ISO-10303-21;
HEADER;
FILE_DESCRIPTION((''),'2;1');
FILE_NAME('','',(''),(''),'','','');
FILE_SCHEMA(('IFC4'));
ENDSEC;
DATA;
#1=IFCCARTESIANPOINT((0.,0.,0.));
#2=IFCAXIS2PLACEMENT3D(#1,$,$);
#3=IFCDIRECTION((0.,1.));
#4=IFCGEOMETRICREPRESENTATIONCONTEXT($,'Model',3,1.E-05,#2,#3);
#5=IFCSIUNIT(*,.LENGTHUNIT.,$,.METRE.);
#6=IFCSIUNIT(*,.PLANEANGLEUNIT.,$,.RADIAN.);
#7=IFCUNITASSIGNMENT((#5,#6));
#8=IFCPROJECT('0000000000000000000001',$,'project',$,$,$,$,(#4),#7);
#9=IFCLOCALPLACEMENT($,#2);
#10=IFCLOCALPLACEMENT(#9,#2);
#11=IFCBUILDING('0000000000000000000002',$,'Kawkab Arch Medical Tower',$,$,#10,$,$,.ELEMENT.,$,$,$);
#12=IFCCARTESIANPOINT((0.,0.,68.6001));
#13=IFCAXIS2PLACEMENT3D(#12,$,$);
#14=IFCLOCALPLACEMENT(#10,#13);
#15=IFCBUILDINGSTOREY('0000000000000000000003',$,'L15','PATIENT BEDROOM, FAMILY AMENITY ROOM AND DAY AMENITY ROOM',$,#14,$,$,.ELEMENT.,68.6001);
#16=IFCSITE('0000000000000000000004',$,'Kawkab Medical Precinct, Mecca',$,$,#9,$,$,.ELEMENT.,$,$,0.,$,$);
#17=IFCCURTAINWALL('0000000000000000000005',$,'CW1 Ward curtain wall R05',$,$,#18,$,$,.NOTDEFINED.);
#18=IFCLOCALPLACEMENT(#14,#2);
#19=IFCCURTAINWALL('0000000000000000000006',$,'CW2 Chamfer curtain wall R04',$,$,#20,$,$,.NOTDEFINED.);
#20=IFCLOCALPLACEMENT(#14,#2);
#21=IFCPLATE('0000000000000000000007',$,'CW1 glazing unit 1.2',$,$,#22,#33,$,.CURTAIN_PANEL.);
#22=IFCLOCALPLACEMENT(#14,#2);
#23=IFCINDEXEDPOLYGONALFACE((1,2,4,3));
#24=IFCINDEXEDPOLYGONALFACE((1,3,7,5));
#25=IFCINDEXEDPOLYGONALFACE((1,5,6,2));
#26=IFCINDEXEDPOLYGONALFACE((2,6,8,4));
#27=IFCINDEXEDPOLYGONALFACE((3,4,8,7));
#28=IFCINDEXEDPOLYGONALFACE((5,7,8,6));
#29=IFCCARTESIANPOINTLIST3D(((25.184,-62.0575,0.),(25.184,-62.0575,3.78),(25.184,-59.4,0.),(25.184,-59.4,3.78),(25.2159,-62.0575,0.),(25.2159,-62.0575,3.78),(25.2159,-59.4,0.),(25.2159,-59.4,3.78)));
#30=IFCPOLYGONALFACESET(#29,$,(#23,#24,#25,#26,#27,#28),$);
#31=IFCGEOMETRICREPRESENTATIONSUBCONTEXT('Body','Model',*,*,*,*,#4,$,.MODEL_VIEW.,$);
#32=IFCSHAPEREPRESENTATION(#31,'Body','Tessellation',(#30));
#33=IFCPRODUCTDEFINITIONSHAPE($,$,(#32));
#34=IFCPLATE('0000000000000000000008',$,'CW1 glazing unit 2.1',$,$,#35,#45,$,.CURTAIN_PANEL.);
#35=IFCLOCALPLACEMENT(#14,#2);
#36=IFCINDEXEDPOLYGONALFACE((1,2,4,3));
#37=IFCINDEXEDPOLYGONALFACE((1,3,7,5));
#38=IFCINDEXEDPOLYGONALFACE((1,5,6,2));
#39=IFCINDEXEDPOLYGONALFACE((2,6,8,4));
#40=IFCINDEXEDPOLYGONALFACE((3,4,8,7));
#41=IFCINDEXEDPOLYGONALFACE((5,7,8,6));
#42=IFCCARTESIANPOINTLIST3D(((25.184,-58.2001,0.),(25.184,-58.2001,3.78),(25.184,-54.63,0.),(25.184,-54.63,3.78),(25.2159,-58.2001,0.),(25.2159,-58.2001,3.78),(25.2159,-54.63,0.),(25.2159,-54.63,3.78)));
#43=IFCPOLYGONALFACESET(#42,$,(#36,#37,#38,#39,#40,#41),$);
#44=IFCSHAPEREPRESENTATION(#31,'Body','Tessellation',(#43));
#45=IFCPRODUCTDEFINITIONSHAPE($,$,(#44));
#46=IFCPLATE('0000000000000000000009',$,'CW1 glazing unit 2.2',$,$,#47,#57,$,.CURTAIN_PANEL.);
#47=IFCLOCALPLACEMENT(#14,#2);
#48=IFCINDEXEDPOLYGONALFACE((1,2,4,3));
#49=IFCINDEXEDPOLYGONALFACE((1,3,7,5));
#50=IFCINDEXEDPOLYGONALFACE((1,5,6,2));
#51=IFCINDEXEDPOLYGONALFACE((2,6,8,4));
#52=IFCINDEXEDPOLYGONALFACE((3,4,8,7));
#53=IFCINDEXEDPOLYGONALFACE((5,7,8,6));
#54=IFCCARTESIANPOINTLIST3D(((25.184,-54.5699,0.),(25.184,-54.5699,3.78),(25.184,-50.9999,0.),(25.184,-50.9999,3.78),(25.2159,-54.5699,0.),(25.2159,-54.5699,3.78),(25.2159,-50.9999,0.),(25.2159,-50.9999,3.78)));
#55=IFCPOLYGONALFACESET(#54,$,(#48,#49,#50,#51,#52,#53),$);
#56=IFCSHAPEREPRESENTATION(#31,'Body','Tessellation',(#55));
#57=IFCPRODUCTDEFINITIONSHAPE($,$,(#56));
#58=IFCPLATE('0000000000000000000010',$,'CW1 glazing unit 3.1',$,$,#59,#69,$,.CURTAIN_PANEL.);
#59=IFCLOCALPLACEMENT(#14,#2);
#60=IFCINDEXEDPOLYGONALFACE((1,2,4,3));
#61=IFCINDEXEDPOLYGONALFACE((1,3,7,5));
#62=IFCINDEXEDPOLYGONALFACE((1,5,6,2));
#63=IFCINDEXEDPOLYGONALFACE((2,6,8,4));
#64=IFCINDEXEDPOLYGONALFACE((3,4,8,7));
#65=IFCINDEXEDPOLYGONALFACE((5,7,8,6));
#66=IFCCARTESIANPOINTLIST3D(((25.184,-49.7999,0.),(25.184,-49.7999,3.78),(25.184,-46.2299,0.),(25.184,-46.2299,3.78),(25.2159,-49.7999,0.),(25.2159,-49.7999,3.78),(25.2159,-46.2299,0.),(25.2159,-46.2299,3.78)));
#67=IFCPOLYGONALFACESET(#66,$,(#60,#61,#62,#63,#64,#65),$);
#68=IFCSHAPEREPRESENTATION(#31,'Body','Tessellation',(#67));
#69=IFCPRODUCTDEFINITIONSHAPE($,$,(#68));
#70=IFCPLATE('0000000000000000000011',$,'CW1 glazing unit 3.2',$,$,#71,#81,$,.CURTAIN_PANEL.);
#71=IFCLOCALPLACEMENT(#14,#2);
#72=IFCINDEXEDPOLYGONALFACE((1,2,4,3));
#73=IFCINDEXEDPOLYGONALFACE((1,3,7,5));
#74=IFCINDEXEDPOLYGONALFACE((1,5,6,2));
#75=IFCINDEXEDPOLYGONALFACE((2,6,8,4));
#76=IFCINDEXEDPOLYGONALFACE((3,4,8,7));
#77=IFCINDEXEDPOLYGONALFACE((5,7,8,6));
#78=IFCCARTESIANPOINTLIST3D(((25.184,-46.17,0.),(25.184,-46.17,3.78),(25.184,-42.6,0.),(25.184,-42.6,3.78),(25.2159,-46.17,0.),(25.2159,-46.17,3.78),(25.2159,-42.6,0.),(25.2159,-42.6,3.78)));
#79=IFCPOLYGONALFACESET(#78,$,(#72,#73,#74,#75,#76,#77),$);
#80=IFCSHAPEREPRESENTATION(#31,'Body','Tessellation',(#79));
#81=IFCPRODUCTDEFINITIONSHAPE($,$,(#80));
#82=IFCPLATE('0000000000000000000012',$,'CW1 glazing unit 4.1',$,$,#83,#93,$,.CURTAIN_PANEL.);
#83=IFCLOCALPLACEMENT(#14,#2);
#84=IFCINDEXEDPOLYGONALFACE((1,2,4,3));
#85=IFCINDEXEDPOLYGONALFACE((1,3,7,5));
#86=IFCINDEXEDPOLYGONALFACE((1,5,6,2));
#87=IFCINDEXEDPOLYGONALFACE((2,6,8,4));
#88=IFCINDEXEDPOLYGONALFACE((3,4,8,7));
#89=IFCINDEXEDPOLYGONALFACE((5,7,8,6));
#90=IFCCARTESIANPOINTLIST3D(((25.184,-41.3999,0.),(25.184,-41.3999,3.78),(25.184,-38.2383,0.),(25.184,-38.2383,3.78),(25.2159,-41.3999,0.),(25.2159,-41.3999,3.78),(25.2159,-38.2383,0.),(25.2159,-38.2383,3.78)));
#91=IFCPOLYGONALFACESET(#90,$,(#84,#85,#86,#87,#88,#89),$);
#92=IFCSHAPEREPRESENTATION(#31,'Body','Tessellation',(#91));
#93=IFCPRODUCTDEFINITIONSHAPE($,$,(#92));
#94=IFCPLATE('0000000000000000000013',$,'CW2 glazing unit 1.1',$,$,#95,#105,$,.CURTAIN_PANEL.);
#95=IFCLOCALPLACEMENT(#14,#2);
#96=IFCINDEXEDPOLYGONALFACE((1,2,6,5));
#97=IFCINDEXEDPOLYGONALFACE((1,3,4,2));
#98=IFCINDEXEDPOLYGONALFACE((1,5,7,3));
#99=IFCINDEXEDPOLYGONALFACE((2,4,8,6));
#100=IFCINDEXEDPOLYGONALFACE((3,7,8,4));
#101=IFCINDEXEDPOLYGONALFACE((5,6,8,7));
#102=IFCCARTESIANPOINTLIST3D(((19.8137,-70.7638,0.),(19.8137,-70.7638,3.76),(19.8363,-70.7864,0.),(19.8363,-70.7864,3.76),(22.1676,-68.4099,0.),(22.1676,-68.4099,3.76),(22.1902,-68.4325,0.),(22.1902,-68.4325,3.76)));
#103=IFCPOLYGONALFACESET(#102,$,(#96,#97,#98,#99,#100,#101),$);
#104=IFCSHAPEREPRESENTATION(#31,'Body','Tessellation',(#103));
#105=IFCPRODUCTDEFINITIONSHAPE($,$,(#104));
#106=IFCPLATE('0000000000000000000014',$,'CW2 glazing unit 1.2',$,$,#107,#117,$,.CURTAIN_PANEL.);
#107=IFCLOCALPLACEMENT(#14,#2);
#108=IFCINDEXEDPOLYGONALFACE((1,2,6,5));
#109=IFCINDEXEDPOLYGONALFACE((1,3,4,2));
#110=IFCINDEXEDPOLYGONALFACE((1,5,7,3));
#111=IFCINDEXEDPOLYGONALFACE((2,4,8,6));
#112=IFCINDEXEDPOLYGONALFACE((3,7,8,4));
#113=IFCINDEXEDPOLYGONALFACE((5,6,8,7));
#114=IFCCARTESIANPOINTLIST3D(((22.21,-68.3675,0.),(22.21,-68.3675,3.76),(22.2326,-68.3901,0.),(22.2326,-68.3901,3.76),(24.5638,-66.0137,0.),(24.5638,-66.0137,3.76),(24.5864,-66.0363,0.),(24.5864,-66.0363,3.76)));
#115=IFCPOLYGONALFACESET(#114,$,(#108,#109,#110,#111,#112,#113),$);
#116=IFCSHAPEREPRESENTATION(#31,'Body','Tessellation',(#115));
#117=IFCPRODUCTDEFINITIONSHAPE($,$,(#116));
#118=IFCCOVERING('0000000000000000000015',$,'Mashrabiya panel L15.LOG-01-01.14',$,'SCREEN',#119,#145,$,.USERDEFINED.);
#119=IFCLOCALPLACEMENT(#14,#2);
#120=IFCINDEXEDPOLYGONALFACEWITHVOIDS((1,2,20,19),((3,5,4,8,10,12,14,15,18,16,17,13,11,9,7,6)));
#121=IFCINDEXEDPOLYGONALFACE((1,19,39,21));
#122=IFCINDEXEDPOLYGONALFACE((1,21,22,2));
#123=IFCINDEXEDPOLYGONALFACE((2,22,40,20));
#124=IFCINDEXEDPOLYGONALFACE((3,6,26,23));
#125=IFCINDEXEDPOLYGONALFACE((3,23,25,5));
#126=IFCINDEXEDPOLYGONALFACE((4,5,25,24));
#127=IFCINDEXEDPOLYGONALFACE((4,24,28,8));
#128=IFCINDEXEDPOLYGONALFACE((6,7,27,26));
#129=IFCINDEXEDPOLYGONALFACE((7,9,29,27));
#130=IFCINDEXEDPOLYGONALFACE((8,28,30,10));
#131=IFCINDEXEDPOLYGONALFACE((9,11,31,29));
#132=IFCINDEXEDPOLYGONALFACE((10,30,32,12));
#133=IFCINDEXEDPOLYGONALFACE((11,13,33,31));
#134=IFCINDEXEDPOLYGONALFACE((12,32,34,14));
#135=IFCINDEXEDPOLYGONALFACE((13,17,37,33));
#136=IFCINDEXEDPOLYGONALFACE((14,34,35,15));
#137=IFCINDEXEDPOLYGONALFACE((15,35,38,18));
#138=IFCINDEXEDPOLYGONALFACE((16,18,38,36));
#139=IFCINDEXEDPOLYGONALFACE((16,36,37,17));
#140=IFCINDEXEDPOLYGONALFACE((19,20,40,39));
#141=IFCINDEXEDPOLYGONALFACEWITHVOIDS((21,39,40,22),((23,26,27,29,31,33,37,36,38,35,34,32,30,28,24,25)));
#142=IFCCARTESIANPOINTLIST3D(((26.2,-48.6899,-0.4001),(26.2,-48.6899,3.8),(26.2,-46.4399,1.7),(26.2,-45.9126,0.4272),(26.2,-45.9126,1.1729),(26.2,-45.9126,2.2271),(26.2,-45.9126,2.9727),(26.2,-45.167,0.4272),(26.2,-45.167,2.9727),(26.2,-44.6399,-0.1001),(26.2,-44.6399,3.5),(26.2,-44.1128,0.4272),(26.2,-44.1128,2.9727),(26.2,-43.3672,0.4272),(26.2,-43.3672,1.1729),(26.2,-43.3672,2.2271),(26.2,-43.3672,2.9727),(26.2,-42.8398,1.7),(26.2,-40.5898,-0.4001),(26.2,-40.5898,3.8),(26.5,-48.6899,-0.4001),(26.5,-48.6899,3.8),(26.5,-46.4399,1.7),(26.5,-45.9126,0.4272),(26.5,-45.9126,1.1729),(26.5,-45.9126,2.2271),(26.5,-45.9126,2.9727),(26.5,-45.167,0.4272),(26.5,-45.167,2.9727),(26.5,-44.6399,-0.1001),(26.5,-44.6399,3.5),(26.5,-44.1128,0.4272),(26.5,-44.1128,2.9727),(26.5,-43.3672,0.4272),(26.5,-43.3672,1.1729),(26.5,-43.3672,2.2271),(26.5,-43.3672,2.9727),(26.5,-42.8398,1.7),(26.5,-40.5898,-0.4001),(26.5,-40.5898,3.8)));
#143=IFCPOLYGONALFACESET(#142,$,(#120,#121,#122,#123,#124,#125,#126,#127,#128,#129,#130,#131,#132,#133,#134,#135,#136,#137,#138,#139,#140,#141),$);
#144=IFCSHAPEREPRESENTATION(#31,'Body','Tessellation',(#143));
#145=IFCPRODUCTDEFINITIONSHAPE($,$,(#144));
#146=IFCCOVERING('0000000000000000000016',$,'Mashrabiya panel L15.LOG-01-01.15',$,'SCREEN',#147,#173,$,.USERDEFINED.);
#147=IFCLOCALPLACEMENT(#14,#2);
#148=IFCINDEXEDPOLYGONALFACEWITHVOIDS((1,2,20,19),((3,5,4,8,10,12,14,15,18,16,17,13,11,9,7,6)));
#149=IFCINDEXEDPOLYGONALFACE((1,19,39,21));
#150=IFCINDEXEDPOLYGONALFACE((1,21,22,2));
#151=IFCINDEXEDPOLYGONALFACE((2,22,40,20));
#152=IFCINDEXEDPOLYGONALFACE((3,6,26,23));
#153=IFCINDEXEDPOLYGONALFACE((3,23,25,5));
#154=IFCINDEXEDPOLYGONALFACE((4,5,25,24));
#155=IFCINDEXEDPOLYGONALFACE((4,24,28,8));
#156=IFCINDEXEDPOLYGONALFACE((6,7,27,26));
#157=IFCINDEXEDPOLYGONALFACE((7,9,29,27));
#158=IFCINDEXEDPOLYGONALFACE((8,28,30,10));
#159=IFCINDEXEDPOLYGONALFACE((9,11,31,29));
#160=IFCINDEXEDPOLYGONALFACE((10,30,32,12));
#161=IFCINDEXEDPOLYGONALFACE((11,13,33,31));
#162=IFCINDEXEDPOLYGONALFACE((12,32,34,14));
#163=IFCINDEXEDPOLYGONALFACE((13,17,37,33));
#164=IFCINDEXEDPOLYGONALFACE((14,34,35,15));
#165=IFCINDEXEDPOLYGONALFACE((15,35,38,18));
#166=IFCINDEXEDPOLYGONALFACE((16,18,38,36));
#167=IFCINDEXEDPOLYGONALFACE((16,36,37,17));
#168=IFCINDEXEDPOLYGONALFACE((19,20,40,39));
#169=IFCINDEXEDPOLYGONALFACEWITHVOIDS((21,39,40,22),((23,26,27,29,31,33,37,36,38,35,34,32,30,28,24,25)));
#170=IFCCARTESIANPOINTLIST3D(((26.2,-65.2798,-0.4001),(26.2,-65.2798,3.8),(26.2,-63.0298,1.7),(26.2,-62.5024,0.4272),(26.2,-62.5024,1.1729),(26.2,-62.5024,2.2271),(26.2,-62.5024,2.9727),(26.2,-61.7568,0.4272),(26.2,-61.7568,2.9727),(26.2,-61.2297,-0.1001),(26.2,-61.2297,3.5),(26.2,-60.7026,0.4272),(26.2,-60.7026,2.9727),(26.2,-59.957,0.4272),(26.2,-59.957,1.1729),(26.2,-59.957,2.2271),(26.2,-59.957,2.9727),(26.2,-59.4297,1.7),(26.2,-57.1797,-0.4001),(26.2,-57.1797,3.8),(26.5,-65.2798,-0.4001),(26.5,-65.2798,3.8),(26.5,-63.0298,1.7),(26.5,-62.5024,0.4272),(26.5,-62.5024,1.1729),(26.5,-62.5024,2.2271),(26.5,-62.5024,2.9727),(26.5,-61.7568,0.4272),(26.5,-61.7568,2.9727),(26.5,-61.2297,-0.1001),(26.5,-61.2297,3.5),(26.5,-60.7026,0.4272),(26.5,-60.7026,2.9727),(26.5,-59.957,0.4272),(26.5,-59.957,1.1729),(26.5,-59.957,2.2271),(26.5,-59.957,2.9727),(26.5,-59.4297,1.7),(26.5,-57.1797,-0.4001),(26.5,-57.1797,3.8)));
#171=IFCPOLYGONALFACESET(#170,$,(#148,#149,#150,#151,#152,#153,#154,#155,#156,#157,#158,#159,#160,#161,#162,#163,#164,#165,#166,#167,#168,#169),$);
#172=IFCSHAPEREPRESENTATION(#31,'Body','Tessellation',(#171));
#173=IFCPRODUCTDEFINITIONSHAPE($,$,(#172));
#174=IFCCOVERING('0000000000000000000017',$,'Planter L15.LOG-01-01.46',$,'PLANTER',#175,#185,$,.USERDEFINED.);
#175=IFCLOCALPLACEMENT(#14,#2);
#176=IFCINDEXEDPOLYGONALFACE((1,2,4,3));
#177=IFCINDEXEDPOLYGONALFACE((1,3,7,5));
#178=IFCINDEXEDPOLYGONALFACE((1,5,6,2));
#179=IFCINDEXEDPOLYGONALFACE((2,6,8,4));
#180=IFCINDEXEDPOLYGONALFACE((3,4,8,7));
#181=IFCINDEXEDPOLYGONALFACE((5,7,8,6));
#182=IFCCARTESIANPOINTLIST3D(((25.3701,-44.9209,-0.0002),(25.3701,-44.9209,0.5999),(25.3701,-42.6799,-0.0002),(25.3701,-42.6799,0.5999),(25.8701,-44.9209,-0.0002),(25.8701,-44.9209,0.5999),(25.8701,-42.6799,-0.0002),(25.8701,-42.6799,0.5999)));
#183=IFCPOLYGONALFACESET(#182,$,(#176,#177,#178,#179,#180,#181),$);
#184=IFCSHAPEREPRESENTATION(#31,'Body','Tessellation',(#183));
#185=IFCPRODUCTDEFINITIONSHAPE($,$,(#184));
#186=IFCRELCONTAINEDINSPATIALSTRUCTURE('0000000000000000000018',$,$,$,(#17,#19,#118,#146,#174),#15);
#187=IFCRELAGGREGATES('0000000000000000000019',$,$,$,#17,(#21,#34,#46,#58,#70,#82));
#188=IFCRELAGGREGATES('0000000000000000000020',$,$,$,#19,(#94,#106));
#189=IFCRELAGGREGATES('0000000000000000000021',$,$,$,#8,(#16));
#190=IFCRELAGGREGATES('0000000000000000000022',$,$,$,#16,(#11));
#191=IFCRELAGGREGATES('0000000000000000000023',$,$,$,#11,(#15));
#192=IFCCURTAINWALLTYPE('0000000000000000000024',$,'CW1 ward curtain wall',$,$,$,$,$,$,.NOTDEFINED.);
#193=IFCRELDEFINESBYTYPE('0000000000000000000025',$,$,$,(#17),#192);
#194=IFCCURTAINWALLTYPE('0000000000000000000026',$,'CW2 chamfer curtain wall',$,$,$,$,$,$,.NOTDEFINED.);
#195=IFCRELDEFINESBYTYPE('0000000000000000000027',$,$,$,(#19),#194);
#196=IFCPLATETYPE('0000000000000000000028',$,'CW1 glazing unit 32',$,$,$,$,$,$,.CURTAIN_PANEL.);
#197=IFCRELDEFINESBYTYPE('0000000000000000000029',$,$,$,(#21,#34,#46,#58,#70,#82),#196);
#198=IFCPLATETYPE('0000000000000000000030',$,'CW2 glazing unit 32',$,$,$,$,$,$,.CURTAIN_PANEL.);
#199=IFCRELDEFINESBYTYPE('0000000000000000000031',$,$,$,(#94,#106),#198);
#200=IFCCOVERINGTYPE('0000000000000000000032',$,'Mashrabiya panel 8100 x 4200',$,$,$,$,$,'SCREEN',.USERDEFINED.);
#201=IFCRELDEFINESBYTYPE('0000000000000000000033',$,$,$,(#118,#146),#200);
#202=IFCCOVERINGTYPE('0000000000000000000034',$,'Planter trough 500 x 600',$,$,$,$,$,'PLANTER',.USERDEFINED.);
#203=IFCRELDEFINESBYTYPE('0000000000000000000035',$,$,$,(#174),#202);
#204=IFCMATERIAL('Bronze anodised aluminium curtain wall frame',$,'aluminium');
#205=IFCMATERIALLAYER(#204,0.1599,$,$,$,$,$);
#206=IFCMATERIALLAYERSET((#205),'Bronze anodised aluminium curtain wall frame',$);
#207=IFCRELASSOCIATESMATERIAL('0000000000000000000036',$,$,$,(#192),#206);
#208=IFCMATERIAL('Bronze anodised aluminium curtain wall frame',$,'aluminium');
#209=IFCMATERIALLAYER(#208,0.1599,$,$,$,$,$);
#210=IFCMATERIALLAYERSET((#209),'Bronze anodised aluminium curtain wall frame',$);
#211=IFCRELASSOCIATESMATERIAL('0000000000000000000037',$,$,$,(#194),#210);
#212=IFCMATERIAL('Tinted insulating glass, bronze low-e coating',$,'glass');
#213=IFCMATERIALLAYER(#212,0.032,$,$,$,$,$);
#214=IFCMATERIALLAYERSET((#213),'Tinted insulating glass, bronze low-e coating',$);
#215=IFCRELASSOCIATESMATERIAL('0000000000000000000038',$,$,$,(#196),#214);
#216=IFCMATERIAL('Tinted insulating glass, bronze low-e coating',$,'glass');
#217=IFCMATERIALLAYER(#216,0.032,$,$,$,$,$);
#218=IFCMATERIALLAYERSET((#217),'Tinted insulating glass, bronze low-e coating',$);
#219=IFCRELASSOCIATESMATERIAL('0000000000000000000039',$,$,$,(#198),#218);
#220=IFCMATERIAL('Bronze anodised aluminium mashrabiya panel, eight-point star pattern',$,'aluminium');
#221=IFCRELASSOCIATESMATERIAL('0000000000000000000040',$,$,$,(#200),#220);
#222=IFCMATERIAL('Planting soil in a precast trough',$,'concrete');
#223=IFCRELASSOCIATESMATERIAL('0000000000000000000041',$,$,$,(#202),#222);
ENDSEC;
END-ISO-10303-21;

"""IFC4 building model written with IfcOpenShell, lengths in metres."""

from ifc_helpers import new_model, si_unit, direction, frame, origin, origin_2d, place, context, subcontext, project, spatial, polyline, rectangle, outline, extrude, material, layer, layer_set, material_profile, profile_set, type_object, element, aggregate, save


model = new_model("IFC4")

# Units and contexts
model_context = context("Model", 3, precision=1e-05, world=origin(), true_north=direction((0.0, 1.0)))
body_context = subcontext(model_context, "Body", "Model", "MODEL_VIEW")
ifc_project = project(units=[si_unit("LENGTHUNIT", "METRE"), si_unit("PLANEANGLEUNIT", "RADIAN")], contexts=[model_context])

# Site, building, storey
site_placement = place(None, origin())
site = spatial("IfcSite", under=ifc_project, at=site_placement, Name="Kawkab Medical Precinct, Mecca", CompositionType="ELEMENT", RefElevation=0.0)
building_placement = place(site_placement, origin())
building = spatial("IfcBuilding", under=site, at=building_placement, Name="Kawkab Arch Medical Tower", CompositionType="ELEMENT")
storey_placement = place(building_placement, frame((0.0, 0.0, 68.6001)))
storey = spatial("IfcBuildingStorey", under=building, at=storey_placement, Name="L15", Description="PATIENT BEDROOM, FAMILY AMENITY ROOM AND DAY AMENITY ROOM", CompositionType="ELEMENT", Elevation=68.6001)

# Curtain wall
ifc_material_1 = material(Name="Bronze anodised aluminium curtain wall frame", Category="aluminium")
ifc_layer_1 = layer(ifc_material_1, 0.1599)
ifc_layer_set_1 = layer_set([ifc_layer_1], Name="Bronze anodised aluminium curtain wall frame")
curtain_wall_type_1 = type_object("IfcCurtainWallType", Name="CW1 ward curtain wall", PredefinedType="NOTDEFINED", material=ifc_layer_set_1)
placement = place(storey_placement, origin())
curtain_wall_1 = element("IfcCurtainWall", 1, at=placement, inside=storey, type_object=curtain_wall_type_1, Name="CW1 Ward curtain wall R05", PredefinedType="NOTDEFINED")

# Curtain wall
ifc_material_2 = material(Name="Bronze anodised aluminium curtain wall frame", Category="aluminium")
ifc_layer_2 = layer(ifc_material_2, 0.1599)
ifc_layer_set_2 = layer_set([ifc_layer_2], Name="Bronze anodised aluminium curtain wall frame")
curtain_wall_type_2 = type_object("IfcCurtainWallType", Name="CW2 chamfer curtain wall", PredefinedType="NOTDEFINED", material=ifc_layer_set_2)
curtain_wall_2 = element("IfcCurtainWall", 2, at=placement, inside=storey, type_object=curtain_wall_type_2, Name="CW2 Chamfer curtain wall R04", PredefinedType="NOTDEFINED")

# Plates
ifc_material_3 = material(Name="Tinted insulating glass, bronze low-e coating", Category="glass")
ifc_layer_3 = layer(ifc_material_3, 0.032)
ifc_layer_set_3 = layer_set([ifc_layer_3], Name="Tinted insulating glass, bronze low-e coating")
plate_type_1 = type_object("IfcPlateType", Name="CW1 glazing unit 32", PredefinedType="CURTAIN_PANEL", material=ifc_layer_set_3)
plate_1_placement = place(storey_placement, frame((25.2, -60.7288, 0.0), z_axis=(0.0, 0.0, 1.0), x_axis=(0.0, 1.0, 0.0)))
plate_1 = element("IfcPlate", 3, at=plate_1_placement, type_object=plate_type_1, Name="CW1 glazing unit 1.2", PredefinedType="CURTAIN_PANEL", context=body_context, shape_type="SweptSolid", body=[
    extrude(rectangle(XDim=2.6575, YDim=0.032, at=origin_2d()), origin(), (0.0, 0.0, 1.0), 3.78),
])
plate_2_placement = place(storey_placement, frame((25.2, -56.415, 0.0), z_axis=(0.0, 0.0, 1.0), x_axis=(0.0, 1.0, 0.0)))
plate_2 = element("IfcPlate", 4, at=plate_2_placement, type_object=plate_type_1, Name="CW1 glazing unit 2.1", PredefinedType="CURTAIN_PANEL", context=body_context, shape_type="SweptSolid", body=[
    extrude(rectangle(XDim=3.5701, YDim=0.032, at=origin_2d()), origin(), (0.0, 0.0, 1.0), 3.78),
])
plate_3_placement = place(storey_placement, frame((25.2, -52.7849, 0.0), z_axis=(0.0, 0.0, 1.0), x_axis=(0.0, 1.0, 0.0)))
plate_3 = element("IfcPlate", 5, at=plate_3_placement, type_object=plate_type_1, Name="CW1 glazing unit 2.2", PredefinedType="CURTAIN_PANEL", context=body_context, shape_type="SweptSolid", body=[
    extrude(rectangle(XDim=3.5701, YDim=0.032, at=origin_2d()), origin(), (0.0, 0.0, 1.0), 3.78),
])
plate_4_placement = place(storey_placement, frame((25.2, -48.0149, 0.0), z_axis=(0.0, 0.0, 1.0), x_axis=(0.0, 1.0, 0.0)))
plate_4 = element("IfcPlate", 6, at=plate_4_placement, type_object=plate_type_1, Name="CW1 glazing unit 3.1", PredefinedType="CURTAIN_PANEL", context=body_context, shape_type="SweptSolid", body=[
    extrude(rectangle(XDim=3.5701, YDim=0.032, at=origin_2d()), origin(), (0.0, 0.0, 1.0), 3.78),
])
plate_5_placement = place(storey_placement, frame((25.2, -44.385, 0.0), z_axis=(0.0, 0.0, 1.0), x_axis=(0.0, 1.0, 0.0)))
plate_5 = element("IfcPlate", 7, at=plate_5_placement, type_object=plate_type_1, Name="CW1 glazing unit 3.2", PredefinedType="CURTAIN_PANEL", context=body_context, shape_type="SweptSolid", body=[
    extrude(rectangle(XDim=3.5701, YDim=0.032, at=origin_2d()), origin(), (0.0, 0.0, 1.0), 3.78),
])
plate_6_placement = place(storey_placement, frame((25.2, -39.8191, 0.0), z_axis=(0.0, 0.0, 1.0), x_axis=(0.0, 1.0, 0.0)))
plate_6 = element("IfcPlate", 8, at=plate_6_placement, type_object=plate_type_1, Name="CW1 glazing unit 4.1", PredefinedType="CURTAIN_PANEL", context=body_context, shape_type="SweptSolid", body=[
    extrude(rectangle(XDim=3.1616, YDim=0.032, at=origin_2d()), origin(), (0.0, 0.0, 1.0), 3.78),
])
aggregate(curtain_wall_1, [plate_1, plate_2, plate_3, plate_4, plate_5, plate_6])
ifc_material_4 = material(Name="Tinted insulating glass, bronze low-e coating", Category="glass")
ifc_layer_4 = layer(ifc_material_4, 0.032)
ifc_layer_set_4 = layer_set([ifc_layer_4], Name="Tinted insulating glass, bronze low-e coating")
plate_type_2 = type_object("IfcPlateType", Name="CW2 glazing unit 32", PredefinedType="CURTAIN_PANEL", material=ifc_layer_set_4)
plate_7_placement = place(storey_placement, frame((21.002, -69.5981, 0.0), z_axis=(0.0, 0.0, 1.0), x_axis=(0.707107, 0.707107, 0.0)))
plate_7 = element("IfcPlate", 9, at=plate_7_placement, type_object=plate_type_2, Name="CW2 glazing unit 1.1", PredefinedType="CURTAIN_PANEL", context=body_context, shape_type="SweptSolid", body=[
    extrude(rectangle(XDim=3.3289, YDim=0.032, at=origin_2d()), origin(), (0.0, 0.0, 1.0), 3.76),
])
plate_8_placement = place(storey_placement, frame((23.3982, -67.2019, 0.0), z_axis=(0.0, 0.0, 1.0), x_axis=(0.707107, 0.707107, 0.0)))
plate_8 = element("IfcPlate", 10, at=plate_8_placement, type_object=plate_type_2, Name="CW2 glazing unit 1.2", PredefinedType="CURTAIN_PANEL", context=body_context, shape_type="SweptSolid", body=[
    extrude(rectangle(XDim=3.3289, YDim=0.032, at=origin_2d()), origin(), (0.0, 0.0, 1.0), 3.76),
])
aggregate(curtain_wall_2, [plate_7, plate_8])

# Coverings
ifc_material_5 = material(Name="Bronze anodised aluminium mashrabiya panel, eight-point star pattern", Category="aluminium")
ifc_material_profile_1 = material_profile(ifc_material_5, outline(polyline([(-4.05, -2.1001), (4.05, -2.1001), (4.05, 2.1001), (-4.05, 2.1001), (-4.05, -2.1001)]), holes=[polyline([(1.8, 0.0), (1.2727, 0.5271), (1.2727, 1.2727), (0.5271, 1.2727), (0.0, 1.8), (-0.5271, 1.2727), (-1.2727, 1.2727), (-1.2727, 0.5271), (-1.8, 0.0), (-1.2727, -0.5271), (-1.2727, -1.2727), (-0.5271, -1.2727), (0.0, -1.8), (0.5271, -1.2727), (1.2727, -1.2727), (1.2727, -0.5271), (1.8, 0.0)])]), Name="Mashrabiya panel 8100x4200")
ifc_profile_set_1 = profile_set([ifc_material_profile_1], Name="Bronze anodised aluminium mashrabiya panel, eight-point star pattern")
covering_type_1 = type_object("IfcCoveringType", Name="Mashrabiya panel 8100 x 4200", ElementType="SCREEN", PredefinedType="USERDEFINED", material=ifc_profile_set_1)
for number, where, z_axis, x_axis, name in (
    (11, (26.2, -44.6399, 1.7), (1.0, 0.0, 0.0), (0.0, 1.0, 0.0), "Mashrabiya panel L15.LOG-01-01.14"),
    (12, (26.2, -61.2297, 1.7), (1.0, 0.0, 0.0), (0.0, 1.0, 0.0), "Mashrabiya panel L15.LOG-01-01.15"),
):
    element("IfcCovering", number, at=place(storey_placement, frame(where, z_axis=z_axis, x_axis=x_axis)), inside=storey, type_object=covering_type_1, Name=name, ObjectType="SCREEN", PredefinedType="USERDEFINED", context=body_context, shape_type="SweptSolid", body=[
        extrude(outline(polyline([(-4.05, -2.1001), (4.05, -2.1001), (4.05, 2.1001), (-4.05, 2.1001), (-4.05, -2.1001)]), holes=[polyline([(1.8, 0.0), (1.2727, 0.5271), (1.2727, 1.2727), (0.5271, 1.2727), (0.0, 1.8), (-0.5271, 1.2727), (-1.2727, 1.2727), (-1.2727, 0.5271), (-1.8, 0.0), (-1.2727, -0.5271), (-1.2727, -1.2727), (-0.5271, -1.2727), (0.0, -1.8), (0.5271, -1.2727), (1.2727, -1.2727), (1.2727, -0.5271), (1.8, 0.0)])]), origin(), (0.0, 0.0, 1.0), 0.3),
    ])
ifc_material_6 = material(Name="Planting soil in a precast trough", Category="concrete")
ifc_material_profile_2 = material_profile(ifc_material_6, rectangle(XDim=0.5, YDim=0.6001, at=origin_2d()), Name="Trough 500x600")
ifc_profile_set_2 = profile_set([ifc_material_profile_2], Name="Planting soil in a precast trough")
covering_type_2 = type_object("IfcCoveringType", Name="Planter trough 500 x 600", ElementType="PLANTER", PredefinedType="USERDEFINED", material=ifc_profile_set_2)
covering_1_placement = place(storey_placement, frame((25.6201, -42.6799, 0.2998), z_axis=(0.0, -1.0, 0.0), x_axis=(1.0, 0.0, 0.0)))
element("IfcCovering", 13, at=covering_1_placement, inside=storey, type_object=covering_type_2, Name="Planter L15.LOG-01-01.46", ObjectType="PLANTER", PredefinedType="USERDEFINED", context=body_context, shape_type="SweptSolid", body=[
    extrude(rectangle(XDim=0.5, YDim=0.6001, at=origin_2d()), origin(), (0.0, 0.0, 1.0), 2.241),
])

save(model, "model.ifc")
